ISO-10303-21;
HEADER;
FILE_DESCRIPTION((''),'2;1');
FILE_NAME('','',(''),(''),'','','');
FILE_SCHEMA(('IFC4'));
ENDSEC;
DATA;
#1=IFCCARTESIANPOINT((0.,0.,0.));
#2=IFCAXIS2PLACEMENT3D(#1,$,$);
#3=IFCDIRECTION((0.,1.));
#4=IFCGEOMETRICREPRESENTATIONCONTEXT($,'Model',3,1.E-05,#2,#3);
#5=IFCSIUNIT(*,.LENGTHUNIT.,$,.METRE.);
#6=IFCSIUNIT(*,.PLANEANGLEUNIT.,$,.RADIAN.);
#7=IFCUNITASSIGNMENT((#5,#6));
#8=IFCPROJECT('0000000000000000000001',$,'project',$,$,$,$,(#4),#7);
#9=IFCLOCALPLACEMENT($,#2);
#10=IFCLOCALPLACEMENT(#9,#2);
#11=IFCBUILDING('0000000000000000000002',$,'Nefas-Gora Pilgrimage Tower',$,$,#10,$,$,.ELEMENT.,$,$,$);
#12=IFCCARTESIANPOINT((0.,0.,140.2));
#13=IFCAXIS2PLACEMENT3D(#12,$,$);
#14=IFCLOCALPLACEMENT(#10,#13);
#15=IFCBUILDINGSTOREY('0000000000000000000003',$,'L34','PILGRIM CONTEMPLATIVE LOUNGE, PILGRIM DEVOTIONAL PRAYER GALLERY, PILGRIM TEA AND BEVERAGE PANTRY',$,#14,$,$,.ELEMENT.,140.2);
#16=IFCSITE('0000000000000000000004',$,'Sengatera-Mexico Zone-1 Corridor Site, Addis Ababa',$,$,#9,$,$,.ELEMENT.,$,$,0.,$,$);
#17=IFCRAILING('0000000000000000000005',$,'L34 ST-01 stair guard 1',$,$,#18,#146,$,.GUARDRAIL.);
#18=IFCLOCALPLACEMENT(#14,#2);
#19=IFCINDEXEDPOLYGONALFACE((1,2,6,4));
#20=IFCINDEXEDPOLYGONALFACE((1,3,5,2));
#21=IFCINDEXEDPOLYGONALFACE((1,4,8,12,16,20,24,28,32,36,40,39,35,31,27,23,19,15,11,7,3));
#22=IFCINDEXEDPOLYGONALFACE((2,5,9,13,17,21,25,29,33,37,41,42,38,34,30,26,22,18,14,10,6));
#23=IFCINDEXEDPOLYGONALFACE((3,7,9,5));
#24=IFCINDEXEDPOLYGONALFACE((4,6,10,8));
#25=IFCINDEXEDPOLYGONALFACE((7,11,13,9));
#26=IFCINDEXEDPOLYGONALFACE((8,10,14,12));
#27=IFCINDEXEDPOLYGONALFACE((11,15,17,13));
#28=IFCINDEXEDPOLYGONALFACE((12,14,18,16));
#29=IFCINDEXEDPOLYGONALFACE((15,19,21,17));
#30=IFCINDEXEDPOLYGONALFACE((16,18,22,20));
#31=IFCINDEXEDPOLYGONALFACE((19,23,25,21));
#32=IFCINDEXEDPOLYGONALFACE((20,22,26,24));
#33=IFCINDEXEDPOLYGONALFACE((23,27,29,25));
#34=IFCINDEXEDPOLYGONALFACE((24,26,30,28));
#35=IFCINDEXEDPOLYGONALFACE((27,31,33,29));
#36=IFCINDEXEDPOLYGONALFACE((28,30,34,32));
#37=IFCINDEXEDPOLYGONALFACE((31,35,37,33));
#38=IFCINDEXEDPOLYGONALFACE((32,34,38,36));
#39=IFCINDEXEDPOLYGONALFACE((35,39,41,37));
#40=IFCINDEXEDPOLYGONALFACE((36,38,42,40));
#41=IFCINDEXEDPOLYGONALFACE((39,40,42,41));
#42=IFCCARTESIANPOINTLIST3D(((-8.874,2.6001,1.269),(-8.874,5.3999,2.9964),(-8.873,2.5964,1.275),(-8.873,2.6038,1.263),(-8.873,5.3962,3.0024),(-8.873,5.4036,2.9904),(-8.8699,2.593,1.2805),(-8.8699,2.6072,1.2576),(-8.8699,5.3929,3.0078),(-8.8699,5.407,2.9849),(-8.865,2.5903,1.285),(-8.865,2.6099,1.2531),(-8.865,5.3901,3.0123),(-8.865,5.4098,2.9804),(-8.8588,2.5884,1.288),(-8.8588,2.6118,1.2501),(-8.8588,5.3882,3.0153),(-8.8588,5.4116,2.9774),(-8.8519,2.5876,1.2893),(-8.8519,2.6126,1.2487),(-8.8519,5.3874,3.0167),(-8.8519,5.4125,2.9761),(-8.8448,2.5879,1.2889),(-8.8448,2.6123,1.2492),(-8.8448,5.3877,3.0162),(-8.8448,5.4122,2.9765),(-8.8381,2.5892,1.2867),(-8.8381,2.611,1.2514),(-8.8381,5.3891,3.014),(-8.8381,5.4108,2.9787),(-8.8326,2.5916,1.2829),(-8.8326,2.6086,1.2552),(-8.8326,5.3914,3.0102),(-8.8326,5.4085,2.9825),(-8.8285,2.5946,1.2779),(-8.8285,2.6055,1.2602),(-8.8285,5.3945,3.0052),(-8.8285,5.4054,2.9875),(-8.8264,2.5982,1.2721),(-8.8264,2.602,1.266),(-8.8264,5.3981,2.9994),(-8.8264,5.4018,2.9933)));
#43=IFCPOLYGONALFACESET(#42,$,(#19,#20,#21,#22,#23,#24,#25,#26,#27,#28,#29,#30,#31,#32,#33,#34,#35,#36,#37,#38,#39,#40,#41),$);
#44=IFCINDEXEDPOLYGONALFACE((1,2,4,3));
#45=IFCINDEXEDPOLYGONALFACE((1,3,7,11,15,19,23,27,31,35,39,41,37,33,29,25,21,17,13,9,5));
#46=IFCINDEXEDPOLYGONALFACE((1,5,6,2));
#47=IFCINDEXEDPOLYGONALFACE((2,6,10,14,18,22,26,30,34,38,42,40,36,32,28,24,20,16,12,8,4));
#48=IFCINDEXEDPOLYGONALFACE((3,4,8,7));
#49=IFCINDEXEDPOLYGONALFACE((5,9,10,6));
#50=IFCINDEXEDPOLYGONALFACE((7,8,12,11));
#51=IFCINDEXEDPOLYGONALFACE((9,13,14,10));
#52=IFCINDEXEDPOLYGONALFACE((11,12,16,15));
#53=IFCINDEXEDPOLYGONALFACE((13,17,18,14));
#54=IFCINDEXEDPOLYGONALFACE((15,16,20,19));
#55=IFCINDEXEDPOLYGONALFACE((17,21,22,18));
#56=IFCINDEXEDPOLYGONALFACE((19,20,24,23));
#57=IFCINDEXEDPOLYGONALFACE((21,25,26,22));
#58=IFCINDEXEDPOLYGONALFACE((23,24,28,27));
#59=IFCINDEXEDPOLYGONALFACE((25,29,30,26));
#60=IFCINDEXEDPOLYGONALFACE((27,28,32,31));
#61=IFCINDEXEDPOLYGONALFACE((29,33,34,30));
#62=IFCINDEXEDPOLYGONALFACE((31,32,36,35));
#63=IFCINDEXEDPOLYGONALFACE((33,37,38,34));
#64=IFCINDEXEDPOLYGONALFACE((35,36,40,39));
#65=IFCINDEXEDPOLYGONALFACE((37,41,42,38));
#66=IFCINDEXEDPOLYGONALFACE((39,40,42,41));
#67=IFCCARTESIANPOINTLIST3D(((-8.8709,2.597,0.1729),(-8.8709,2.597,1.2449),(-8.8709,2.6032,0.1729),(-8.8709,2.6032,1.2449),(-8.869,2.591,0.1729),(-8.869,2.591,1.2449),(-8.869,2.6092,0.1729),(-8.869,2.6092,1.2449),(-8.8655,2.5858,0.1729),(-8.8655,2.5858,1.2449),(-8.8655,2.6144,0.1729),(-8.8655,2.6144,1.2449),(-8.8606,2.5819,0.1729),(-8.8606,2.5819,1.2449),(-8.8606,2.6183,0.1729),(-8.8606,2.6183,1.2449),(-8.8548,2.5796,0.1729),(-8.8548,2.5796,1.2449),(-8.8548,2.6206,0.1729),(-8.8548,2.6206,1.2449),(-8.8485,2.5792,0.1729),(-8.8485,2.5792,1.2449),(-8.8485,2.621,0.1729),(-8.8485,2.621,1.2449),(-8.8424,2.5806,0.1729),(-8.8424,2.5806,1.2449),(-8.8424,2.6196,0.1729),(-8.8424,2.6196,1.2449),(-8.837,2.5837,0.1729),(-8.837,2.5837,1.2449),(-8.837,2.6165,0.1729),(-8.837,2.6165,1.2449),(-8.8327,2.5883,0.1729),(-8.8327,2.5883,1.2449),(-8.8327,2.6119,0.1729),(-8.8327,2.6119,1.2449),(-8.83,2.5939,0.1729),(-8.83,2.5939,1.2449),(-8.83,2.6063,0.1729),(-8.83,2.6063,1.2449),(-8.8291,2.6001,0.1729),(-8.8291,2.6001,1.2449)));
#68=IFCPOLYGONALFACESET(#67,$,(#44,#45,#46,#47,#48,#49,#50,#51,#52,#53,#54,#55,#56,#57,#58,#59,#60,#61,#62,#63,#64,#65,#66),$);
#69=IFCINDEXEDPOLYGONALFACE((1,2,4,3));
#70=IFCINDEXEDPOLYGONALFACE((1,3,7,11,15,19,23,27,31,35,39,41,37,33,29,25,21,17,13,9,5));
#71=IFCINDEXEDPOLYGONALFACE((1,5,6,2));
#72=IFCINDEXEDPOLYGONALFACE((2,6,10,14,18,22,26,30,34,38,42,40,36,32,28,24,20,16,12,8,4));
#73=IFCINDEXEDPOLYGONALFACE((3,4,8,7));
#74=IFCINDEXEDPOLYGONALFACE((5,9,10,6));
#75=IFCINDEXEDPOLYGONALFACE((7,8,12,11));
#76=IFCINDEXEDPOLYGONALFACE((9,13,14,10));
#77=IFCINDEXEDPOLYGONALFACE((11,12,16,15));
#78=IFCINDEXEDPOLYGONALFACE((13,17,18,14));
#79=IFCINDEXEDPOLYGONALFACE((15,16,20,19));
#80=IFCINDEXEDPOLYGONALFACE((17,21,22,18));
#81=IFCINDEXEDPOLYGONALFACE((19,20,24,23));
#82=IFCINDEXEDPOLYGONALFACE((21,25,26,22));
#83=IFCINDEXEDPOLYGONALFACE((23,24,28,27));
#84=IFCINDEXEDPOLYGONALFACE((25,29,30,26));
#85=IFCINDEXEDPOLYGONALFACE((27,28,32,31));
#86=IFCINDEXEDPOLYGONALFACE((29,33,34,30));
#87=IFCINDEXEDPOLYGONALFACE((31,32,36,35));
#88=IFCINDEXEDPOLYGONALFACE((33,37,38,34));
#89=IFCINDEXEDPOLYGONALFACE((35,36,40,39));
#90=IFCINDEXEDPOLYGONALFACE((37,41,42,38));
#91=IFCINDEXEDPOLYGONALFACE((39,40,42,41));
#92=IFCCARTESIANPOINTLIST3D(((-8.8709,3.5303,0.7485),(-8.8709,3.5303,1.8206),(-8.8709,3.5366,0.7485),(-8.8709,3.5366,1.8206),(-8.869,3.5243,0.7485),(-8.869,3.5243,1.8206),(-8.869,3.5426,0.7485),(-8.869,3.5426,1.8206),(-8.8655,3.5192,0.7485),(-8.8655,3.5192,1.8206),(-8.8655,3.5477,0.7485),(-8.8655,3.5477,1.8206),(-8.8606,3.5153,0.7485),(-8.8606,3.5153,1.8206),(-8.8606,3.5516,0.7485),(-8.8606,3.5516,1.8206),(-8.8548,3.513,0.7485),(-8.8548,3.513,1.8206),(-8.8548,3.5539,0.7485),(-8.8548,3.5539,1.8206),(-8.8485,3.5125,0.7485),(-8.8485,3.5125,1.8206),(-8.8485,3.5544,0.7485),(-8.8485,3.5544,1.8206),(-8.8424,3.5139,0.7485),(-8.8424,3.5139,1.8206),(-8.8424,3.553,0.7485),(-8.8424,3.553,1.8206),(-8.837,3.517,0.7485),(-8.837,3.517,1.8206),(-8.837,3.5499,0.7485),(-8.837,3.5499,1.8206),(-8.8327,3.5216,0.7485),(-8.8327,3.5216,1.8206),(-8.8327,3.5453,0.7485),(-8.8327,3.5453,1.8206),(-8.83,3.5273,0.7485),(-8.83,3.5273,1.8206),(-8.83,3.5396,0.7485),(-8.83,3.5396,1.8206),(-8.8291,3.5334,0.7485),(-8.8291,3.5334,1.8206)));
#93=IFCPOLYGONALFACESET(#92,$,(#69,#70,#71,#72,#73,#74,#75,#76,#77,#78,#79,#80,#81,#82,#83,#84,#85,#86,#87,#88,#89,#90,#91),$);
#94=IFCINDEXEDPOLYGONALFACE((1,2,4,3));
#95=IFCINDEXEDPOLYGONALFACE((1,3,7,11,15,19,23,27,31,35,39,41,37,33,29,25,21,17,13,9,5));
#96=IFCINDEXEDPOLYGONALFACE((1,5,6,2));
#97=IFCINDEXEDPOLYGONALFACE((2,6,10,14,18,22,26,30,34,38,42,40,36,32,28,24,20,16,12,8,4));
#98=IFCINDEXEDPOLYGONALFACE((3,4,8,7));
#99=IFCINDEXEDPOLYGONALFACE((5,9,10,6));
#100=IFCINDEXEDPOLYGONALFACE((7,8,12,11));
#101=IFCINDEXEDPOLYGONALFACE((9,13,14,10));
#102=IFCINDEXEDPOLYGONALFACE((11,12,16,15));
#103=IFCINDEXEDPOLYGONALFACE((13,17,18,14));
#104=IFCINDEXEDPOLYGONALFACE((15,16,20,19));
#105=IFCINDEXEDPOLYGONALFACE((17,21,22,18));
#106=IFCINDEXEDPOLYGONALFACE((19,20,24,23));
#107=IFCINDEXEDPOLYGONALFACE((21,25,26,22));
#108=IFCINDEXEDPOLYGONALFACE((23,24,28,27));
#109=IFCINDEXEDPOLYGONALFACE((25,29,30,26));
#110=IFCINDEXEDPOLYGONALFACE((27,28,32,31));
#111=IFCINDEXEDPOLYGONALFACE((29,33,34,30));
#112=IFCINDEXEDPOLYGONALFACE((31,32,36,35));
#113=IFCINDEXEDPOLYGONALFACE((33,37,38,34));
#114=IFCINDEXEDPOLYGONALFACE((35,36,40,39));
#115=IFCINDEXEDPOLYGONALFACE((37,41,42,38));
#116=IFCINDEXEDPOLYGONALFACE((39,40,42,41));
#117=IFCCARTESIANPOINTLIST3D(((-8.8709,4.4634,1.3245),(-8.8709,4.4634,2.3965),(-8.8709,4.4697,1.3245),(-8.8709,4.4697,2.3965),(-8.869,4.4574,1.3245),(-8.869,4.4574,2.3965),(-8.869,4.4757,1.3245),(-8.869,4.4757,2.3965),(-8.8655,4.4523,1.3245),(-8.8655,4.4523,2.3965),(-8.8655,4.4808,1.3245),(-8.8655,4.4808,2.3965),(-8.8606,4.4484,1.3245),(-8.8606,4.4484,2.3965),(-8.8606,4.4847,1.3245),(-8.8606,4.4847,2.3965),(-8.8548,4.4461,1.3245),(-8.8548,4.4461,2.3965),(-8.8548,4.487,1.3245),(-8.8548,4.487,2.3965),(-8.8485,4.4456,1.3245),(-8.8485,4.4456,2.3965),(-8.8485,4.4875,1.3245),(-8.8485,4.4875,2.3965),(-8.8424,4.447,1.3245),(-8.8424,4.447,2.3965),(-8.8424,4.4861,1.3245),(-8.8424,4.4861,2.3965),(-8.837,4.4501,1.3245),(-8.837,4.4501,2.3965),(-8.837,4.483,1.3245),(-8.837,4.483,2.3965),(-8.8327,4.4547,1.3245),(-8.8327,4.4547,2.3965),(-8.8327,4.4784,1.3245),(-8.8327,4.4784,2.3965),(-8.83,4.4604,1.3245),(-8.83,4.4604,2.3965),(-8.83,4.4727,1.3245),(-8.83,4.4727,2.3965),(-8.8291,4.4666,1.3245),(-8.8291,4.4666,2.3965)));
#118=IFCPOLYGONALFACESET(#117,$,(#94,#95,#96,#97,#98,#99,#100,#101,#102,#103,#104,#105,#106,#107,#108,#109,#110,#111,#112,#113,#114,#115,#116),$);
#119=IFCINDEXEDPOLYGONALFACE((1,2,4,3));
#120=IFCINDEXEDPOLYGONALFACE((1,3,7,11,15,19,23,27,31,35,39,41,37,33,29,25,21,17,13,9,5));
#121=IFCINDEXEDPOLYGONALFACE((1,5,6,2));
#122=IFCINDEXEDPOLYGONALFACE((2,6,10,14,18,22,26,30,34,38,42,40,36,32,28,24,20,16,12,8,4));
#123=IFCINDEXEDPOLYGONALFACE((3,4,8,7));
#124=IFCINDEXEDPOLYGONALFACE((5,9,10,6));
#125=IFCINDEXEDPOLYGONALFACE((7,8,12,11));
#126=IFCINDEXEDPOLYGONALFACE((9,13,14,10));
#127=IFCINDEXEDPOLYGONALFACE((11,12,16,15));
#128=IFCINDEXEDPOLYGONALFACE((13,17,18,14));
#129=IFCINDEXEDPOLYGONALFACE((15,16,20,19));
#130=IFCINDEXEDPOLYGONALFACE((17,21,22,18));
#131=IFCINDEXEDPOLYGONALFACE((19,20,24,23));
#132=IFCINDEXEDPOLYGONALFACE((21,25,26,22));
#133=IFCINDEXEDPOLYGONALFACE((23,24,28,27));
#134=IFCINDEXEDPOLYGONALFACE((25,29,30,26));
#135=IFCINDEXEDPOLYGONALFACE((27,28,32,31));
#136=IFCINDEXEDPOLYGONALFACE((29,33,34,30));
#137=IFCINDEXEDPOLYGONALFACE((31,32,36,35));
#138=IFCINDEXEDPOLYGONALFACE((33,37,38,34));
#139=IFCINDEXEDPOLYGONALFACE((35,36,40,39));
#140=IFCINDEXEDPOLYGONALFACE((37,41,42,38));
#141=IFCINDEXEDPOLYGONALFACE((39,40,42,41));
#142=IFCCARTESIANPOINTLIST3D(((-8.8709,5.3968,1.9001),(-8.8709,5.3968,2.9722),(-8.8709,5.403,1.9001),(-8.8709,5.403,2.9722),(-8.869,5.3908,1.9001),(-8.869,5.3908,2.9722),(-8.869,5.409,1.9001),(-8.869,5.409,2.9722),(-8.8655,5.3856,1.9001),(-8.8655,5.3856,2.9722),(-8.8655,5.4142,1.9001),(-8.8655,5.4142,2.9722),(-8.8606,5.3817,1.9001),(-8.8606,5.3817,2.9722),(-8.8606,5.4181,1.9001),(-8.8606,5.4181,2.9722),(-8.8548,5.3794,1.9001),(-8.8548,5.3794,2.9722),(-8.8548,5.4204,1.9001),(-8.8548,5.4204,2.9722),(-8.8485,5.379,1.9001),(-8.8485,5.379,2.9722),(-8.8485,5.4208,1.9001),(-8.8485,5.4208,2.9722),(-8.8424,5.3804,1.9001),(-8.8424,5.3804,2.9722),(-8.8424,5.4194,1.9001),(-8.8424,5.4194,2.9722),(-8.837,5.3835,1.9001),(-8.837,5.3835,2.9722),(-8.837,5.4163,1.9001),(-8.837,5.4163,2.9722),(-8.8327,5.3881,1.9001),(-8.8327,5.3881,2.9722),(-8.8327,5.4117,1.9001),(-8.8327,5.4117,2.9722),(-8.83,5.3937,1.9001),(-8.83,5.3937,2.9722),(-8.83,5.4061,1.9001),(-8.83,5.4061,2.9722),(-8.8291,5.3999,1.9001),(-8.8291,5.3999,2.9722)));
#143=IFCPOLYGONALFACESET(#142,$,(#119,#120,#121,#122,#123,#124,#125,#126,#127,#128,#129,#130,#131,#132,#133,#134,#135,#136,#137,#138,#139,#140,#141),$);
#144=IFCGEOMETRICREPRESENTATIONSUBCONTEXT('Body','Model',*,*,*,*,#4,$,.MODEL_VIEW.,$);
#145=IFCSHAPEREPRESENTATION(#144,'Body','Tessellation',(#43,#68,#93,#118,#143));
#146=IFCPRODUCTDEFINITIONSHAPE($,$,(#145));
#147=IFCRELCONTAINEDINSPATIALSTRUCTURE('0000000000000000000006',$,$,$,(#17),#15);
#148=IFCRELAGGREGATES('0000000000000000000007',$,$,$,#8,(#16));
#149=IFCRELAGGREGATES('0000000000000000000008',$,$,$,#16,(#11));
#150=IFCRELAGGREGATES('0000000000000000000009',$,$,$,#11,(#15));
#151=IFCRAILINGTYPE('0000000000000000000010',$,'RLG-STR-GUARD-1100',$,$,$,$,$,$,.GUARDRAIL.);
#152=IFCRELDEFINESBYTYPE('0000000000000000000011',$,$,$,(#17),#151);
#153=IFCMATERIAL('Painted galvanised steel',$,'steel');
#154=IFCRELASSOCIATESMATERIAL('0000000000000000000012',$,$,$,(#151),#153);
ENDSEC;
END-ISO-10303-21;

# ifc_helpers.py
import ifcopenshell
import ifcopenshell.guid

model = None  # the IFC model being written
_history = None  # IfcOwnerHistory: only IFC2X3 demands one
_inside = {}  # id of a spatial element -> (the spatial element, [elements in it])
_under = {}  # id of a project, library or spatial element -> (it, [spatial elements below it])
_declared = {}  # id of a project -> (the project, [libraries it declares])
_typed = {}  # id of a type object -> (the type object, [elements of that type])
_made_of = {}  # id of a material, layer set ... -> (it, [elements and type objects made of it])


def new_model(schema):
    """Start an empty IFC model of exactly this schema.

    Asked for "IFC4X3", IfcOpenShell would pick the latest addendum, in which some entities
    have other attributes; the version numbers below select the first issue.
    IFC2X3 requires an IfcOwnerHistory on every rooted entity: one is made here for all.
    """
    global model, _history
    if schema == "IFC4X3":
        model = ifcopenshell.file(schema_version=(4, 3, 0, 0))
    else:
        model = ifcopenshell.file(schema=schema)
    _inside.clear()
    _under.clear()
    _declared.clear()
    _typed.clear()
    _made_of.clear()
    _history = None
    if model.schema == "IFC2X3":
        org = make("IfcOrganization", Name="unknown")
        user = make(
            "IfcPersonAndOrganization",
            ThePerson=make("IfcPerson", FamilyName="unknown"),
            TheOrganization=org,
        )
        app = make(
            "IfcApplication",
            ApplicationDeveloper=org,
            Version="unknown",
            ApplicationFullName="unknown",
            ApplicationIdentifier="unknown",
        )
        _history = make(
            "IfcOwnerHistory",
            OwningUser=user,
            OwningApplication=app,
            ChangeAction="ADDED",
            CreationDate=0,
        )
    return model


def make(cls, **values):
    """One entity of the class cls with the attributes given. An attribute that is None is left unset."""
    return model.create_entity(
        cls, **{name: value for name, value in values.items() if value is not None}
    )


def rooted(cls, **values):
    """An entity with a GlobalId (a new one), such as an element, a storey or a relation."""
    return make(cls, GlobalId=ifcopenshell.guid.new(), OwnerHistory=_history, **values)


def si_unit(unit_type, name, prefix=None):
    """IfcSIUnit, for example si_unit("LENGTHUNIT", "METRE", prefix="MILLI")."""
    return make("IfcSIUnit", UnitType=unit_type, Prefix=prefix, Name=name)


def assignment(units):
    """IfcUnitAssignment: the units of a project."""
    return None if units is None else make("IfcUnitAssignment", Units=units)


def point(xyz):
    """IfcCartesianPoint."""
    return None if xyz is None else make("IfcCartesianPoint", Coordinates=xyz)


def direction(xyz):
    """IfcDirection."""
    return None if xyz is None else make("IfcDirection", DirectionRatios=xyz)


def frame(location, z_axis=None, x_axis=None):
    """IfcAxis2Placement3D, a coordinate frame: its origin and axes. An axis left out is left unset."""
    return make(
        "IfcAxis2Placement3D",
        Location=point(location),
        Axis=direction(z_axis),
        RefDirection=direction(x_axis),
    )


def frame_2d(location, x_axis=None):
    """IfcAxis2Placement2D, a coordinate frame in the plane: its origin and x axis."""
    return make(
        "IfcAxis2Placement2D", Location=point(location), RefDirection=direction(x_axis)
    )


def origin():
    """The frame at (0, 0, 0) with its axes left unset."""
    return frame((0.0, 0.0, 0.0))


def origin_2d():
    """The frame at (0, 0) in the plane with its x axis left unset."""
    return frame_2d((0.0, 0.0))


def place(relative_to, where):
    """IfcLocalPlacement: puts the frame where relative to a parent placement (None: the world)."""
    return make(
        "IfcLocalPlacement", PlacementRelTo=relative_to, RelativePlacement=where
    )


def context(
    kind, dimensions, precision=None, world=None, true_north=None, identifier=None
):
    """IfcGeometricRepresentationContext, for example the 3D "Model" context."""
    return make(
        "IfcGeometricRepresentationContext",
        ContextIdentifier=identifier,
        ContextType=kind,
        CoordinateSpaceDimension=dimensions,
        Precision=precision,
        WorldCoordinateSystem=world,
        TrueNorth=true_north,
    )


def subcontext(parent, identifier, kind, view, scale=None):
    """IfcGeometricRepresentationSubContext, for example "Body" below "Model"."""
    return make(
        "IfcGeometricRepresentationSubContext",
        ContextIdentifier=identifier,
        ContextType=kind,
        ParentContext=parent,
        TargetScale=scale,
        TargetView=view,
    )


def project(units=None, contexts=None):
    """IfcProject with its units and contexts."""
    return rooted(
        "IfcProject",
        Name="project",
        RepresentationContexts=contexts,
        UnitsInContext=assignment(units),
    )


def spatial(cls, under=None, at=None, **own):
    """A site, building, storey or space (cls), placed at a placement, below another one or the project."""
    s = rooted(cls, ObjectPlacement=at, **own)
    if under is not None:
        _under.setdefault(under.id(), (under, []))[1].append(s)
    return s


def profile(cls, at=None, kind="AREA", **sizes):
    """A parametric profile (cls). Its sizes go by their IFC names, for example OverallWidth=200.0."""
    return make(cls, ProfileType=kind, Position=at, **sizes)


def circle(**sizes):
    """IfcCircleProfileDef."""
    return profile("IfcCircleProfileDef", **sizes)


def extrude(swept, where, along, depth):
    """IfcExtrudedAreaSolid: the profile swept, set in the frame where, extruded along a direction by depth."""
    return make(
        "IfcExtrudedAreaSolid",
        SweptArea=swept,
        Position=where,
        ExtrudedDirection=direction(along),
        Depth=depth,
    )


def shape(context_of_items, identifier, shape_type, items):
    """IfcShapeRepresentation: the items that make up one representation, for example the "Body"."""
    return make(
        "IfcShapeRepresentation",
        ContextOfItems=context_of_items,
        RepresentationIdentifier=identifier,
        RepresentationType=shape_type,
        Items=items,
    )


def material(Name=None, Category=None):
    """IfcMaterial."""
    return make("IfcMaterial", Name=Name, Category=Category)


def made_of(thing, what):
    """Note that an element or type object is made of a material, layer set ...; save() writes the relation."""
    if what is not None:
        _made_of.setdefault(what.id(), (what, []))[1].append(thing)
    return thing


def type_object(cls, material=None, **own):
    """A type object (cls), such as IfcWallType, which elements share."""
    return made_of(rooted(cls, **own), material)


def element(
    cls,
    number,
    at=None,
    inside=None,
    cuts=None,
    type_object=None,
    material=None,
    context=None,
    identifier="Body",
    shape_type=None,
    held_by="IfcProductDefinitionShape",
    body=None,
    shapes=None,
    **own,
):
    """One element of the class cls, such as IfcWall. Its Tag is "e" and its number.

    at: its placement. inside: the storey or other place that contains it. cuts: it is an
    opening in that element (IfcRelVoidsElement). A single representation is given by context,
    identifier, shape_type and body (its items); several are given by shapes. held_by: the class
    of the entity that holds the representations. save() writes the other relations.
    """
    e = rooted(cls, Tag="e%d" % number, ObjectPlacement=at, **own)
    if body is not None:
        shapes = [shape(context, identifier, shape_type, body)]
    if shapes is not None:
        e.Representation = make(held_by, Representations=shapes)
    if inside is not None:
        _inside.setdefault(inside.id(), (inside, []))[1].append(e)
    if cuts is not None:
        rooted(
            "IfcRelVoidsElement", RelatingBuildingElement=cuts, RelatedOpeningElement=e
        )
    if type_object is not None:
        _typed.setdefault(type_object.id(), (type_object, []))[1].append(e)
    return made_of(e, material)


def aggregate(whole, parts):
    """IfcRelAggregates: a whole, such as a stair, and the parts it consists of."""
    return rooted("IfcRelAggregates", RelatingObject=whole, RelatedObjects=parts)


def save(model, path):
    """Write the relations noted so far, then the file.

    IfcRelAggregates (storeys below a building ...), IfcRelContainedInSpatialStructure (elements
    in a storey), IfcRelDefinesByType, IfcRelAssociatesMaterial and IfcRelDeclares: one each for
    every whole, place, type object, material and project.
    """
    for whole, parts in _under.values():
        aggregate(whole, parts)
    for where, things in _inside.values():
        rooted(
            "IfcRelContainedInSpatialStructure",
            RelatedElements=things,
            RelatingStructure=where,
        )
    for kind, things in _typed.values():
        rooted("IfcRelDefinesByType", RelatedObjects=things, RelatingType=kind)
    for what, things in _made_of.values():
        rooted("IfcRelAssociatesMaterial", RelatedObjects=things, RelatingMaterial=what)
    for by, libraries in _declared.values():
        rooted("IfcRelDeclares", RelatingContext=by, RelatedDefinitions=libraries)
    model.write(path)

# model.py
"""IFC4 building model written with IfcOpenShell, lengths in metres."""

from ifc_helpers import new_model, si_unit, direction, frame, origin, origin_2d, place, context, subcontext, project, spatial, circle, extrude, material, type_object, element, save


model = new_model("IFC4")

# Units and contexts
model_context = context("Model", 3, precision=1e-05, world=origin(), true_north=direction((0.0, 1.0)))
body_context = subcontext(model_context, "Body", "Model", "MODEL_VIEW")
ifc_project = project(units=[si_unit("LENGTHUNIT", "METRE"), si_unit("PLANEANGLEUNIT", "RADIAN")], contexts=[model_context])

# Site, building, storey
site_placement = place(None, origin())
site = spatial("IfcSite", under=ifc_project, at=site_placement, Name="Sengatera-Mexico Zone-1 Corridor Site, Addis Ababa", CompositionType="ELEMENT", RefElevation=0.0)
building_placement = place(site_placement, origin())
building = spatial("IfcBuilding", under=site, at=building_placement, Name="Nefas-Gora Pilgrimage Tower", CompositionType="ELEMENT")
storey_placement = place(building_placement, frame((0.0, 0.0, 140.2)))
storey = spatial("IfcBuildingStorey", under=building, at=storey_placement, Name="L34", Description="PILGRIM CONTEMPLATIVE LOUNGE, PILGRIM DEVOTIONAL PRAYER GALLERY, PILGRIM TEA AND BEVERAGE PANTRY", CompositionType="ELEMENT", Elevation=140.2)

# Railing
ifc_material_1 = material(Name="Painted galvanised steel", Category="steel")
railing_type_1 = type_object("IfcRailingType", Name="RLG-STR-GUARD-1100", PredefinedType="GUARDRAIL", material=ifc_material_1)
railing_1_placement = place(storey_placement, frame((-8.8501, 2.6001, 0.1729)))
element("IfcRailing", 1, at=railing_1_placement, inside=storey, type_object=railing_type_1, Name="L34 ST-01 stair guard 1", PredefinedType="GUARDRAIL", context=body_context, shape_type="SweptSolid", body=[
    extrude(circle(Radius=0.0239, at=origin_2d()), frame((0.0, 0.0, 1.0962), z_axis=(0.0, 0.851069, 0.525054), x_axis=(-1.0, 0.0, 0.0)), (0.0, 0.0, 1.0), 3.2898),
    extrude(circle(Radius=0.021, at=origin_2d()), origin(), (0.0, 0.0, 1.0), 1.072),
    extrude(circle(Radius=0.021, at=origin_2d()), frame((0.0, 0.9333, 0.5757)), (0.0, 0.0, 1.0), 1.072),
    extrude(circle(Radius=0.021, at=origin_2d()), frame((0.0, 1.8665, 1.1516)), (0.0, 0.0, 1.0), 1.072),
    extrude(circle(Radius=0.021, at=origin_2d()), frame((0.0, 2.7998, 1.7273)), (0.0, 0.0, 1.0), 1.072),
])

save(model, "model.ifc")
